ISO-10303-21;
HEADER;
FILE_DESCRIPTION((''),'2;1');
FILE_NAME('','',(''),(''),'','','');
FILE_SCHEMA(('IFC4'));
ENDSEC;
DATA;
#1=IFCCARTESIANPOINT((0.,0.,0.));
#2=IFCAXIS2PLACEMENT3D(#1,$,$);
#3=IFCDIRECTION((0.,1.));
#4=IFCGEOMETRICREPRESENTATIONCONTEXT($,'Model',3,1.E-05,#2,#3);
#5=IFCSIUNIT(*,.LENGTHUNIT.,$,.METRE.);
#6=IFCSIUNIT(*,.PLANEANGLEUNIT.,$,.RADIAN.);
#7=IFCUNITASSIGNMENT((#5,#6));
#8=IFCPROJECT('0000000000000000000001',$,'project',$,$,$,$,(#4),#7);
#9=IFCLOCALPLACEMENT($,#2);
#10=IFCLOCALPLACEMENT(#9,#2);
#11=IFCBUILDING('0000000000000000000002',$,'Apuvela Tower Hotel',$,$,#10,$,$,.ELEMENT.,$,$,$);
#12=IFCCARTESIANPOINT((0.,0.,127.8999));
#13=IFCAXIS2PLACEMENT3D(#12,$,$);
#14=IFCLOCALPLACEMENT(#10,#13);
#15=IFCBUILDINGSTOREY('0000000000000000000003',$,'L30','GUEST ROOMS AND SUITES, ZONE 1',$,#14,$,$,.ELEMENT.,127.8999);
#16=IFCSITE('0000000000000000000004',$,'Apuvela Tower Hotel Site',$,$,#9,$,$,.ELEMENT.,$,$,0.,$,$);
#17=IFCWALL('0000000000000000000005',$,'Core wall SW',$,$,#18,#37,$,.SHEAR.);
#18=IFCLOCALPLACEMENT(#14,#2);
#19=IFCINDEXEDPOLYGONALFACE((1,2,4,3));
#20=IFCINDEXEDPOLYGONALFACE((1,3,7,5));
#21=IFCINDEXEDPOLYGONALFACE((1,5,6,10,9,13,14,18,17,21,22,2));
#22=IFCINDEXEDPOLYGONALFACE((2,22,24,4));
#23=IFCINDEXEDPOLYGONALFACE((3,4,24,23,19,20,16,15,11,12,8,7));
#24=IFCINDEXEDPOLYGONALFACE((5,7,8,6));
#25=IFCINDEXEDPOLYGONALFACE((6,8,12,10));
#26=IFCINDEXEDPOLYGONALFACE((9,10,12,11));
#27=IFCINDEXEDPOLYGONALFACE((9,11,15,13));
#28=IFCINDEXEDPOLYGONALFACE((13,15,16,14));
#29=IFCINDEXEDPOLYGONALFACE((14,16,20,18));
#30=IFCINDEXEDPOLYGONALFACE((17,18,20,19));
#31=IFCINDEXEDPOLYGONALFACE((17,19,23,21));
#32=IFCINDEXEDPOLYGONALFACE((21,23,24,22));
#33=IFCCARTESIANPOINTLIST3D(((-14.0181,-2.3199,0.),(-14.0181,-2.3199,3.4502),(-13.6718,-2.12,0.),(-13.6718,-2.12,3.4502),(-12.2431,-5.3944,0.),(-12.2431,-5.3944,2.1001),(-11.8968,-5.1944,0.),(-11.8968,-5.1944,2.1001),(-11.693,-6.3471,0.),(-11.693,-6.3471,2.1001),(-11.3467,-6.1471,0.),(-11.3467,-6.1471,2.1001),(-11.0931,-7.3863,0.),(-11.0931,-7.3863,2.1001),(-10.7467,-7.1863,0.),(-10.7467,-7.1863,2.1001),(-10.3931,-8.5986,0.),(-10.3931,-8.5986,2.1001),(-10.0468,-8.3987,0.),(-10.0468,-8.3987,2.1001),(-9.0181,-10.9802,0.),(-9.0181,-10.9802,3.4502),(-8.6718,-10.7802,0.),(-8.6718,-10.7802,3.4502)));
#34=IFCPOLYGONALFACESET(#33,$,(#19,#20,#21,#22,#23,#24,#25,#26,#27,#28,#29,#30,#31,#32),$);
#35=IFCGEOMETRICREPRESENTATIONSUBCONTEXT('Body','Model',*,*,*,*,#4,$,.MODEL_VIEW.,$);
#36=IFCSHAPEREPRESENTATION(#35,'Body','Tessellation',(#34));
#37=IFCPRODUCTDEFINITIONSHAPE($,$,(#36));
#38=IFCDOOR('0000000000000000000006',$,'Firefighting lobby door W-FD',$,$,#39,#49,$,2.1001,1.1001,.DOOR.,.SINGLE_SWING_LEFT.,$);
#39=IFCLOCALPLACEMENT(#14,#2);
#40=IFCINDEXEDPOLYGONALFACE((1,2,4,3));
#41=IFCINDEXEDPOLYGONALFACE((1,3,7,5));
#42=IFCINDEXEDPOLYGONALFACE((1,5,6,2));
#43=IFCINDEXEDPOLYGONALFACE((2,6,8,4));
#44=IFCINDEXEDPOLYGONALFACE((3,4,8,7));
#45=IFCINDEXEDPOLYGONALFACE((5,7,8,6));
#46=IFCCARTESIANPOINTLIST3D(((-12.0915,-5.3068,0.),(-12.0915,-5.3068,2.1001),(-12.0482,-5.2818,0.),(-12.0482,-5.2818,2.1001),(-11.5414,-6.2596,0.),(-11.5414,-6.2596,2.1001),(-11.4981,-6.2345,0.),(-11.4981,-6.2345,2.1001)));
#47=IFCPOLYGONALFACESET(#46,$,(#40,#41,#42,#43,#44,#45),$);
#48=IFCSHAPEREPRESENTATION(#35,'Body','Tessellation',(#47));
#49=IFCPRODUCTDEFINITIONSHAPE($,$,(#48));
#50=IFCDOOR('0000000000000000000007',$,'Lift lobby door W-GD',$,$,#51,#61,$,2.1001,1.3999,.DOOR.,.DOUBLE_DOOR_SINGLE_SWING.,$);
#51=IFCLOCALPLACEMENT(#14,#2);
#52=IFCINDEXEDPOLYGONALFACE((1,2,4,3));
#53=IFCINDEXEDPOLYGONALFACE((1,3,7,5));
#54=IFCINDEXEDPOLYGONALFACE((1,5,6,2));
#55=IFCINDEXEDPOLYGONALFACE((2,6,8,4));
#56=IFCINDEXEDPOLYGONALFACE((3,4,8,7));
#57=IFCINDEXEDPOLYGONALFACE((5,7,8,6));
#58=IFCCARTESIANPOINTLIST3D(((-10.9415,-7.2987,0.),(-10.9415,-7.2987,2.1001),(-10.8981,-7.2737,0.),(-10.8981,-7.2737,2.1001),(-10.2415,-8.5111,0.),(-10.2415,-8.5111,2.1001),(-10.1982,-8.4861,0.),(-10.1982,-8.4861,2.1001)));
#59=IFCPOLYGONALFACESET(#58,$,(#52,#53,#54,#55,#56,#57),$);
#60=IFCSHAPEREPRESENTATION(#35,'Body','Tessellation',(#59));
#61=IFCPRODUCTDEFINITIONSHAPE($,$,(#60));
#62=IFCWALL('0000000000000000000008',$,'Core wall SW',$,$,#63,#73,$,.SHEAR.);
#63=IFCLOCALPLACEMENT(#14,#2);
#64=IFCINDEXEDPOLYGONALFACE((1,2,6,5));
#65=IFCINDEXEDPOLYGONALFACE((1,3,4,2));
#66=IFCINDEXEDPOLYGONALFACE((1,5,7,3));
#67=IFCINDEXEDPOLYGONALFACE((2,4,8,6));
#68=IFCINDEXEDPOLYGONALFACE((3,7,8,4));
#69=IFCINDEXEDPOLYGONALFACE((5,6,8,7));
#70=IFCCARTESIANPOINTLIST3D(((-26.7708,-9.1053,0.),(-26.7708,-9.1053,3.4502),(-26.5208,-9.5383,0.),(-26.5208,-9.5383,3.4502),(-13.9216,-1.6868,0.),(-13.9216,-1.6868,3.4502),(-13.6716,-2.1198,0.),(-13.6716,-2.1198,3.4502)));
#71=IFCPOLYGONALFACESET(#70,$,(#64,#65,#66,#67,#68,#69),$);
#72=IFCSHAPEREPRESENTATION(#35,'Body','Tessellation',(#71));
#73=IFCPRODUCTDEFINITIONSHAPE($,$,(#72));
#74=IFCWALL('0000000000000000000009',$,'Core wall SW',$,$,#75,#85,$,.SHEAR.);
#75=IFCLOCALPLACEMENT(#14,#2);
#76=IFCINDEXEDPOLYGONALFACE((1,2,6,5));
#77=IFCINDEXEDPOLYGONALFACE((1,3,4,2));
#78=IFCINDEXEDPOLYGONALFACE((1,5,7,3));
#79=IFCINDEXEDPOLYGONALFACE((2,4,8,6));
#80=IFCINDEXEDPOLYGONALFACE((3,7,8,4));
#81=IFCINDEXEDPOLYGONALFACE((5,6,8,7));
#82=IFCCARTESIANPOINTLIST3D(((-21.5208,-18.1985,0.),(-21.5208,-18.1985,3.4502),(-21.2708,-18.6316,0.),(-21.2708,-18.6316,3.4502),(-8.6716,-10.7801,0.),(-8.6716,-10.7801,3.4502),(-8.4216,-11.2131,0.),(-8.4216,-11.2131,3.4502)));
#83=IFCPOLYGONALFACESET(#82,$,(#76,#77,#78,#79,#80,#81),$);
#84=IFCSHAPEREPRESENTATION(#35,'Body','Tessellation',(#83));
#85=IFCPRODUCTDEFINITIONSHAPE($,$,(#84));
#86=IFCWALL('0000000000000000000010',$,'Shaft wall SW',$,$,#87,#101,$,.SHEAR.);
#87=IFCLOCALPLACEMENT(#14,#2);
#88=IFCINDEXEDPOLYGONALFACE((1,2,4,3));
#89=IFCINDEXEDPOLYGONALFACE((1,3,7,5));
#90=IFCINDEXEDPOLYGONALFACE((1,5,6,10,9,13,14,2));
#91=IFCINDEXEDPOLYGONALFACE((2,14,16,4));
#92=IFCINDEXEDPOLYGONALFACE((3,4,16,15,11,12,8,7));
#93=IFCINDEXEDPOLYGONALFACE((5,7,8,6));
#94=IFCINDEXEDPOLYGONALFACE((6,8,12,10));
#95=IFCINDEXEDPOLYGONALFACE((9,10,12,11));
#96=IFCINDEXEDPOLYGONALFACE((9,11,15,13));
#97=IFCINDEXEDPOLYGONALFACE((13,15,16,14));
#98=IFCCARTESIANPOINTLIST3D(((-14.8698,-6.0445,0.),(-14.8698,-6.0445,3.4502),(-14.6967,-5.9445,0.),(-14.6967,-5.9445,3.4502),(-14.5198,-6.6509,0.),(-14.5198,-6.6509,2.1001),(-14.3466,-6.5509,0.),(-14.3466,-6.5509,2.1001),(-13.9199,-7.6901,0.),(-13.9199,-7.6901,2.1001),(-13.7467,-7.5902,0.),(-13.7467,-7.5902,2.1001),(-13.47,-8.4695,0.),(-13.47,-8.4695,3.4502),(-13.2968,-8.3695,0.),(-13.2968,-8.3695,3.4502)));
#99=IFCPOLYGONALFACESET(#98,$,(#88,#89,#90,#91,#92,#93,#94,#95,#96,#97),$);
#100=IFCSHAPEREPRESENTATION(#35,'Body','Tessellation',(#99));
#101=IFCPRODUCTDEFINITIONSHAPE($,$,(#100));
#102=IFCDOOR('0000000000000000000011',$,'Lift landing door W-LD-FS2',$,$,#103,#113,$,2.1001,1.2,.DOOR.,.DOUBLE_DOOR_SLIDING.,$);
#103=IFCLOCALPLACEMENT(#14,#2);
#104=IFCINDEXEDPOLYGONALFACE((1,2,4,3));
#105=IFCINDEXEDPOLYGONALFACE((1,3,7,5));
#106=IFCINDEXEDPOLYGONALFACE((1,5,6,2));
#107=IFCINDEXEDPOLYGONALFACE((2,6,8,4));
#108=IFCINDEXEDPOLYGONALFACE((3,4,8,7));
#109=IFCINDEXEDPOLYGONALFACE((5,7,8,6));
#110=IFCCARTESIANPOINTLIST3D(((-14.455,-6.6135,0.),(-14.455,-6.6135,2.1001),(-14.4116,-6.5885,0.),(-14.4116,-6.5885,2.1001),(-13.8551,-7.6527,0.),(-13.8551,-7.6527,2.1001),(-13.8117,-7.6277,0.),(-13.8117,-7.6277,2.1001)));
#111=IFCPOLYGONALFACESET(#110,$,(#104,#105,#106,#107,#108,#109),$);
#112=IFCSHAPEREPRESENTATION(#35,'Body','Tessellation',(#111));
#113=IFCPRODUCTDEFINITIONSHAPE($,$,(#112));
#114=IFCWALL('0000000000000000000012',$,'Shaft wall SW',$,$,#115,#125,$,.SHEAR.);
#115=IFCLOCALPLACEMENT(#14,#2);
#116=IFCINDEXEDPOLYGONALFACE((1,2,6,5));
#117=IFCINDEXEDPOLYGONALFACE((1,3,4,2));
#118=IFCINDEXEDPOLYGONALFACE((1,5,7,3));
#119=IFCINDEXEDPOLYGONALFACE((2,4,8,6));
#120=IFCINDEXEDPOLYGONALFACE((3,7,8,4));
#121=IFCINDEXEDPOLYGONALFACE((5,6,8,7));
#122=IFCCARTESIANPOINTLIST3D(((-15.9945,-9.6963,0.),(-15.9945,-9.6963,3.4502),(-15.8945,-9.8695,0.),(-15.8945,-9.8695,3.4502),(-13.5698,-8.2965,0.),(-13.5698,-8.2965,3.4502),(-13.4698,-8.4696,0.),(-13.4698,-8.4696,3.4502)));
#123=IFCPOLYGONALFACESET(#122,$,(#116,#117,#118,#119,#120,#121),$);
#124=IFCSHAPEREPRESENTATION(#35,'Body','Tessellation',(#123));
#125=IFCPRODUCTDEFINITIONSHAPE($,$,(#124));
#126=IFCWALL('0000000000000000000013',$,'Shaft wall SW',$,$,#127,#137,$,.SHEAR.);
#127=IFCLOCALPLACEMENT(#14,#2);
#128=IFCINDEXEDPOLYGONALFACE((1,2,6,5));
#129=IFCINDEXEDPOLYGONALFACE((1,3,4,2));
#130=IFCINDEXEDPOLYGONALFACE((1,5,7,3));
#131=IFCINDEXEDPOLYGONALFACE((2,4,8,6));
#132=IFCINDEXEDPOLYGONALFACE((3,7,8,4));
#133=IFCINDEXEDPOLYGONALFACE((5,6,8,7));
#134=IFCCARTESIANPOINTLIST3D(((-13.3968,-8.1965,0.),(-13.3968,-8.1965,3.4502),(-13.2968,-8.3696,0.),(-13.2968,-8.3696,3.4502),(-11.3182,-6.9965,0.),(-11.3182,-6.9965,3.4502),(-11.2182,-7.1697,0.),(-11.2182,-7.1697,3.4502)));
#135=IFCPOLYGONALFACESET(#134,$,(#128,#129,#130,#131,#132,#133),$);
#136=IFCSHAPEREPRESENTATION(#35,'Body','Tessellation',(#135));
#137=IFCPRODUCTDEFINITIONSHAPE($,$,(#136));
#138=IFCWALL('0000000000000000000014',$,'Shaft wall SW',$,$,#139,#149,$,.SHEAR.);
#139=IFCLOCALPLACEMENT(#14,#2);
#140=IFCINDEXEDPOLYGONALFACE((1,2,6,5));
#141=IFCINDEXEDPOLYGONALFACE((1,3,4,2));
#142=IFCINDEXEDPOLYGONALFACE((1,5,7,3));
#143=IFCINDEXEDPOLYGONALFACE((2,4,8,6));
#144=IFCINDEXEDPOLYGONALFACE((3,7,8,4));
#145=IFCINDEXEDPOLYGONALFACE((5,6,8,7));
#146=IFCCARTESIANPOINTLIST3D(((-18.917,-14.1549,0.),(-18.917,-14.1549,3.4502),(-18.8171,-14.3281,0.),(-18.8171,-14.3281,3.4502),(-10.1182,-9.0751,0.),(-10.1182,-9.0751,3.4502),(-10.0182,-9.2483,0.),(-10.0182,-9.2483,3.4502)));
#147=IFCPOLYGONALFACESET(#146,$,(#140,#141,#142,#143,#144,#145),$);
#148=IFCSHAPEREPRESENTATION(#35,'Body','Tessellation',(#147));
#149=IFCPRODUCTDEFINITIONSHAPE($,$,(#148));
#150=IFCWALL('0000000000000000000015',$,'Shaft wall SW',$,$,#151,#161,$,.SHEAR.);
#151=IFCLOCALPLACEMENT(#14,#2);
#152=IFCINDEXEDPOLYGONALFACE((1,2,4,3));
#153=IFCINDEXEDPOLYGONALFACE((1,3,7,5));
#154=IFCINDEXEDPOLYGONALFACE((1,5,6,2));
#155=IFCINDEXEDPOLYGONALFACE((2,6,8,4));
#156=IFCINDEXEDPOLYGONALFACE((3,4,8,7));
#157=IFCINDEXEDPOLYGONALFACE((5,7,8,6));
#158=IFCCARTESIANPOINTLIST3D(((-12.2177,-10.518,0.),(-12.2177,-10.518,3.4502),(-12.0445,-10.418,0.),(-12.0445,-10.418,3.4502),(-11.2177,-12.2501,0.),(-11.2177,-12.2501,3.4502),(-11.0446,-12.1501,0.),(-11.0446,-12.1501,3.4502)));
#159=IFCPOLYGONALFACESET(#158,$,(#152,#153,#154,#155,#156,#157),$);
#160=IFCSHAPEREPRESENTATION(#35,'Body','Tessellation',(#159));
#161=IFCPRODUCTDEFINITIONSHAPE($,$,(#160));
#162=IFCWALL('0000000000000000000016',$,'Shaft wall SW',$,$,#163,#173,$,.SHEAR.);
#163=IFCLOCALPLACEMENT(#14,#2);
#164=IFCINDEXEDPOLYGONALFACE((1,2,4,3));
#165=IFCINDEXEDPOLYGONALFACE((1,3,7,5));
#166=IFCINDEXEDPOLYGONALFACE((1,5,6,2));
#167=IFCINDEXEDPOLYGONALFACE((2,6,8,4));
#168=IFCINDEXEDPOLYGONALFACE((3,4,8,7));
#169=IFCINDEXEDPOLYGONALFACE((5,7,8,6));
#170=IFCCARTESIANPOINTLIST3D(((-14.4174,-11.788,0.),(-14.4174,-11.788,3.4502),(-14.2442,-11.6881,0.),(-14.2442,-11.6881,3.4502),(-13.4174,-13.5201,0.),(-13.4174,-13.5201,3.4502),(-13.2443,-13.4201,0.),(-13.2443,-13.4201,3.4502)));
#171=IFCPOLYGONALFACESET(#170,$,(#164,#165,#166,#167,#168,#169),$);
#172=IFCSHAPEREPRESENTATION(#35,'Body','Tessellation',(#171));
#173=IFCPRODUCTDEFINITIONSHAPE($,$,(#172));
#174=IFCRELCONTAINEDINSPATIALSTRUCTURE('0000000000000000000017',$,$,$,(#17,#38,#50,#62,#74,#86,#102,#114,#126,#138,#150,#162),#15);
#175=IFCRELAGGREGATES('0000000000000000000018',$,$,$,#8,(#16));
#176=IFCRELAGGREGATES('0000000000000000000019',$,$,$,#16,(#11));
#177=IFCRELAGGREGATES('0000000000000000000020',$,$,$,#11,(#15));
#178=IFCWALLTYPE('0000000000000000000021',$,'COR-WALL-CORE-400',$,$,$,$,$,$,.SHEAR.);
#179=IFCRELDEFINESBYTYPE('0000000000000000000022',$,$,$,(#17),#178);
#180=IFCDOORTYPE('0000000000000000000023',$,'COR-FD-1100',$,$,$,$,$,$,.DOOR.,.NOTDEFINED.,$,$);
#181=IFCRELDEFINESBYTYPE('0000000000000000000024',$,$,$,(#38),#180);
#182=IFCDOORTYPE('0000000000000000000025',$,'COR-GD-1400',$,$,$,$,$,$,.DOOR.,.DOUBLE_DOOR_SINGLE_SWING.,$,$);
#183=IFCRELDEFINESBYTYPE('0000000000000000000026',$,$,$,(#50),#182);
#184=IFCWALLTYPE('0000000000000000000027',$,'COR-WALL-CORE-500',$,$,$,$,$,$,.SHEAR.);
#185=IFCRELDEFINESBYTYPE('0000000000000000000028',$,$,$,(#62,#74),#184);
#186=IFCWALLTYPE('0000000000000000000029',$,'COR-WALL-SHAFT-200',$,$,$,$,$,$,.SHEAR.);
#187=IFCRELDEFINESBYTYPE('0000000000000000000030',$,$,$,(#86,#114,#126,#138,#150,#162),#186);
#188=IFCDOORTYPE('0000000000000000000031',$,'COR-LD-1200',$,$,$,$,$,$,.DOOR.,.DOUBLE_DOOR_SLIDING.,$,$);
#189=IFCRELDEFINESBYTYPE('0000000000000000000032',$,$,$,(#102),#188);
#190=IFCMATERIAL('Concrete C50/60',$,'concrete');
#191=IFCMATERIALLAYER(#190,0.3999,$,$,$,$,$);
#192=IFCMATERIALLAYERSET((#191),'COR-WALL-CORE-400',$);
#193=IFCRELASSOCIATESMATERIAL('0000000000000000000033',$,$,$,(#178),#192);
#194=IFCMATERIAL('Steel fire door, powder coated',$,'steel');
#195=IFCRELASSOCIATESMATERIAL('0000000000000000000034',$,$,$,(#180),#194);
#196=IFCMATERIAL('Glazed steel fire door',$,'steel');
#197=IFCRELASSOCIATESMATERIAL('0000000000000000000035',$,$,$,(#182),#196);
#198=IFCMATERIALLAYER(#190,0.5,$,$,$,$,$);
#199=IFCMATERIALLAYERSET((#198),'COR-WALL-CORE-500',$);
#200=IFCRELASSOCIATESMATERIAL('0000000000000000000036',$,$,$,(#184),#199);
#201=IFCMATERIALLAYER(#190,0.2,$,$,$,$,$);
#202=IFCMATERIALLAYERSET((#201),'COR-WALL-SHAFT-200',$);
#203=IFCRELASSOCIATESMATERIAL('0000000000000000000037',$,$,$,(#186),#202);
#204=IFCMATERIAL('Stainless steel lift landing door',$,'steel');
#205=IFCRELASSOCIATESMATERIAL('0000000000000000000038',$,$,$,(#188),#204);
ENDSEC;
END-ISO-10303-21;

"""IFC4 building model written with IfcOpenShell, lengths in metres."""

from ifc_helpers import new_model, si_unit, direction, frame, frame_2d, origin, place, context, subcontext, project, spatial, rectangle, extrude, material, layer, layer_set, type_object, element, fill, save


model = new_model("IFC4")

# Units and contexts
model_context = context("Model", 3, precision=1e-05, world=origin(), true_north=direction((0.0, 1.0)))
body_context = subcontext(model_context, "Body", "Model", "MODEL_VIEW")
ifc_project = project(units=[si_unit("LENGTHUNIT", "METRE"), si_unit("PLANEANGLEUNIT", "RADIAN")], contexts=[model_context])

# Site, building, storey
site_placement = place(None, origin())
site = spatial("IfcSite", under=ifc_project, at=site_placement, Name="Apuvela Tower Hotel Site", CompositionType="ELEMENT", RefElevation=0.0)
building_placement = place(site_placement, origin())
building = spatial("IfcBuilding", under=site, at=building_placement, Name="Apuvela Tower Hotel", CompositionType="ELEMENT")
storey_placement = place(building_placement, frame((0.0, 0.0, 127.8999)))
storey = spatial("IfcBuildingStorey", under=building, at=storey_placement, Name="L30", Description="GUEST ROOMS AND SUITES, ZONE 1", CompositionType="ELEMENT", Elevation=127.8999)

# Wall, openings, doors
ifc_material_1 = material(Name="Concrete C50/60", Category="concrete")
ifc_layer_1 = layer(ifc_material_1, 0.3999)
ifc_layer_set_1 = layer_set([ifc_layer_1], Name="COR-WALL-CORE-400")
wall_type_1 = type_object("IfcWallType", Name="COR-WALL-CORE-400", PredefinedType="SHEAR", material=ifc_layer_set_1)
wall_1_placement = place(storey_placement, frame((-13.845, -2.22, 0.0), z_axis=(0.0, 0.0, 1.0), x_axis=(0.500004, -0.866023, 0.0)))
wall_1 = element("IfcWall", 1, at=wall_1_placement, inside=storey, type_object=wall_type_1, Name="Core wall SW", PredefinedType="SHEAR", context=body_context, shape_type="SweptSolid", body=[
    extrude(rectangle(XDim=10.0, YDim=0.3999, at=frame_2d((5.0, 0.0))), origin(), (0.0, 0.0, 1.0), 3.4502),
])
opening_1_placement = place(wall_1_placement, frame((3.55, 0.0, 0.0)))
opening_1 = element("IfcOpeningElement", 2, at=opening_1_placement, cuts=wall_1, PredefinedType="OPENING", context=body_context, shape_type="SweptSolid", body=[
    extrude(rectangle(XDim=1.1001, YDim=2.1001, at=frame_2d((0.55, 1.05))), frame((0.0, 0.21, 0.0), z_axis=(0.0, -1.0, 0.0), x_axis=(1.0, 0.0, 0.0)), (0.0, 0.0, 1.0), 0.4199),
])
opening_2_placement = place(wall_1_placement, frame((5.8501, 0.0, 0.0)))
opening_2 = element("IfcOpeningElement", 3, at=opening_2_placement, cuts=wall_1, PredefinedType="OPENING", context=body_context, shape_type="SweptSolid", body=[
    extrude(rectangle(XDim=1.3999, YDim=2.1001, at=frame_2d((0.7, 1.05))), frame((0.0, 0.21, 0.0), z_axis=(0.0, -1.0, 0.0), x_axis=(1.0, 0.0, 0.0)), (0.0, 0.0, 1.0), 0.4199),
])
ifc_material_2 = material(Name="Steel fire door, powder coated", Category="steel")
door_type_1 = type_object("IfcDoorType", Name="COR-FD-1100", OperationType="NOTDEFINED", PredefinedType="DOOR", material=ifc_material_2)
door_1_placement = place(opening_1_placement, frame((1.1001, 0.0, 0.0), z_axis=(0.0, 0.0, 1.0), x_axis=(-1.0, 0.0, 0.0)))
door_1 = element("IfcDoor", 4, at=door_1_placement, inside=storey, type_object=door_type_1, Name="Firefighting lobby door W-FD", OperationType="SINGLE_SWING_LEFT", OverallHeight=2.1001, OverallWidth=1.1001, PredefinedType="DOOR", context=body_context, shape_type="SweptSolid", body=[
    extrude(rectangle(XDim=1.1001, YDim=2.1001, at=frame_2d((0.55, 1.05))), frame((0.0, 0.0249, 0.0), z_axis=(0.0, -1.0, 0.0), x_axis=(1.0, 0.0, 0.0)), (0.0, 0.0, 1.0), 0.05),
])
fill(opening_1, door_1)
ifc_material_3 = material(Name="Glazed steel fire door", Category="steel")
door_type_2 = type_object("IfcDoorType", Name="COR-GD-1400", OperationType="DOUBLE_DOOR_SINGLE_SWING", PredefinedType="DOOR", material=ifc_material_3)
door_2_placement = place(opening_2_placement, frame((1.3999, 0.0, 0.0), z_axis=(0.0, 0.0, 1.0), x_axis=(-1.0, 0.0, 0.0)))
door_2 = element("IfcDoor", 5, at=door_2_placement, inside=storey, type_object=door_type_2, Name="Lift lobby door W-GD", OperationType="DOUBLE_DOOR_SINGLE_SWING", OverallHeight=2.1001, OverallWidth=1.3999, PredefinedType="DOOR", context=body_context, shape_type="SweptSolid", body=[
    extrude(rectangle(XDim=1.3999, YDim=2.1001, at=frame_2d((0.7, 1.05))), frame((0.0, 0.0249, 0.0), z_axis=(0.0, -1.0, 0.0), x_axis=(1.0, 0.0, 0.0)), (0.0, 0.0, 1.0), 0.05),
])
fill(opening_2, door_2)

# Walls
ifc_layer_2 = layer(ifc_material_1, 0.5)
ifc_layer_set_2 = layer_set([ifc_layer_2], Name="COR-WALL-CORE-500")
wall_type_2 = type_object("IfcWallType", Name="COR-WALL-CORE-500", PredefinedType="SHEAR", material=ifc_layer_set_2)
for number, where, z_axis, x_axis, name in (
    (6, (-13.7966, -1.9033, 0.0), (0.0, 0.0, 1.0), (-0.866025, -0.500001, 0.0), "Core wall SW"),
    (7, (-8.5466, -10.9966, 0.0), (0.0, 0.0, 1.0), (-0.866025, -0.500001, 0.0), "Core wall SW"),
):
    element("IfcWall", number, at=place(storey_placement, frame(where, z_axis=z_axis, x_axis=x_axis)), inside=storey, type_object=wall_type_2, Name=name, PredefinedType="SHEAR", context=body_context, shape_type="SweptSolid", body=[
        extrude(rectangle(XDim=14.8369, YDim=0.5, at=frame_2d((7.4185, 0.0))), origin(), (0.0, 0.0, 1.0), 3.4502),
    ])

# Wall, opening, door
ifc_layer_3 = layer(ifc_material_1, 0.2)
ifc_layer_set_3 = layer_set([ifc_layer_3], Name="COR-WALL-SHAFT-200")
wall_type_3 = type_object("IfcWallType", Name="COR-WALL-SHAFT-200", PredefinedType="SHEAR", material=ifc_layer_set_3)
wall_2_placement = place(storey_placement, frame((-14.7832, -5.9946, 0.0), z_axis=(0.0, 0.0, 1.0), x_axis=(0.499946, -0.866056, 0.0)))
wall_2 = element("IfcWall", 8, at=wall_2_placement, inside=storey, type_object=wall_type_3, Name="Shaft wall SW", PredefinedType="SHEAR", context=body_context, shape_type="SweptSolid", body=[
    extrude(rectangle(XDim=2.8, YDim=0.2, at=frame_2d((1.3999, 0.0))), origin(), (0.0, 0.0, 1.0), 3.4502),
])
opening_3_placement = place(wall_2_placement, frame((0.7, 0.0, 0.0)))
opening_3 = element("IfcOpeningElement", 9, at=opening_3_placement, cuts=wall_2, PredefinedType="OPENING", context=body_context, shape_type="SweptSolid", body=[
    extrude(rectangle(XDim=1.2, YDim=2.1001, at=frame_2d((0.6001, 1.05))), frame((0.0, 0.1099, 0.0), z_axis=(0.0, -1.0, 0.0), x_axis=(1.0, 0.0, 0.0)), (0.0, 0.0, 1.0), 0.22),
])
ifc_material_4 = material(Name="Stainless steel lift landing door", Category="steel")
door_type_3 = type_object("IfcDoorType", Name="COR-LD-1200", OperationType="DOUBLE_DOOR_SLIDING", PredefinedType="DOOR", material=ifc_material_4)
door_3_placement = place(opening_3_placement, origin())
door_3 = element("IfcDoor", 10, at=door_3_placement, inside=storey, type_object=door_type_3, Name="Lift landing door W-LD-FS2", OperationType="DOUBLE_DOOR_SLIDING", OverallHeight=2.1001, OverallWidth=1.2, PredefinedType="DOOR", context=body_context, shape_type="SweptSolid", body=[
    extrude(rectangle(XDim=1.2, YDim=2.1001, at=frame_2d((0.6001, 1.05))), frame((0.0, 0.0249, 0.0), z_axis=(0.0, -1.0, 0.0), x_axis=(1.0, 0.0, 0.0)), (0.0, 0.0, 1.0), 0.05),
])
fill(opening_3, door_3)

# Walls
wall_3_placement = place(storey_placement, frame((-13.5198, -8.3831, 0.0), z_axis=(0.0, 0.0, 1.0), x_axis=(-0.866035, -0.499984, 0.0)))
element("IfcWall", 11, at=wall_3_placement, inside=storey, type_object=wall_type_3, Name="Shaft wall SW", PredefinedType="SHEAR", context=body_context, shape_type="SweptSolid", body=[
    extrude(rectangle(XDim=2.7998, YDim=0.2, at=frame_2d((1.3999, 0.0))), origin(), (0.0, 0.0, 1.0), 3.4502),
])
wall_4_placement = place(storey_placement, frame((-11.2681, -7.083, 0.0), z_axis=(0.0, 0.0, 1.0), x_axis=(-0.86605, -0.499957, 0.0)))
element("IfcWall", 12, at=wall_4_placement, inside=storey, type_object=wall_type_3, Name="Shaft wall SW", PredefinedType="SHEAR", context=body_context, shape_type="SweptSolid", body=[
    extrude(rectangle(XDim=2.4001, YDim=0.2, at=frame_2d((1.2002, 0.0))), origin(), (0.0, 0.0, 1.0), 3.4502),
])
wall_5_placement = place(storey_placement, frame((-10.0681, -9.1616, 0.0), z_axis=(0.0, 0.0, 1.0), x_axis=(-0.866033, -0.499987, 0.0)))
element("IfcWall", 13, at=wall_5_placement, inside=storey, type_object=wall_type_3, Name="Shaft wall SW", PredefinedType="SHEAR", context=body_context, shape_type="SweptSolid", body=[
    extrude(rectangle(XDim=10.1599, YDim=0.2, at=frame_2d((5.0801, 0.0))), origin(), (0.0, 0.0, 1.0), 3.4502),
])
for number, where, z_axis, x_axis, name in (
    (14, (-12.1311, -10.468, 0.0), (0.0, 0.0, 1.0), (0.499973, -0.866041, 0.0), "Shaft wall SW"),
    (15, (-14.3308, -11.738, 0.0), (0.0, 0.0, 1.0), (0.499973, -0.866041, 0.0), "Shaft wall SW"),
):
    element("IfcWall", number, at=place(storey_placement, frame(where, z_axis=z_axis, x_axis=x_axis)), inside=storey, type_object=wall_type_3, Name=name, PredefinedType="SHEAR", context=body_context, shape_type="SweptSolid", body=[
        extrude(rectangle(XDim=2.0, YDim=0.2, at=frame_2d((1.0, 0.0))), origin(), (0.0, 0.0, 1.0), 3.4502),
    ])

save(model, "model.ifc")
